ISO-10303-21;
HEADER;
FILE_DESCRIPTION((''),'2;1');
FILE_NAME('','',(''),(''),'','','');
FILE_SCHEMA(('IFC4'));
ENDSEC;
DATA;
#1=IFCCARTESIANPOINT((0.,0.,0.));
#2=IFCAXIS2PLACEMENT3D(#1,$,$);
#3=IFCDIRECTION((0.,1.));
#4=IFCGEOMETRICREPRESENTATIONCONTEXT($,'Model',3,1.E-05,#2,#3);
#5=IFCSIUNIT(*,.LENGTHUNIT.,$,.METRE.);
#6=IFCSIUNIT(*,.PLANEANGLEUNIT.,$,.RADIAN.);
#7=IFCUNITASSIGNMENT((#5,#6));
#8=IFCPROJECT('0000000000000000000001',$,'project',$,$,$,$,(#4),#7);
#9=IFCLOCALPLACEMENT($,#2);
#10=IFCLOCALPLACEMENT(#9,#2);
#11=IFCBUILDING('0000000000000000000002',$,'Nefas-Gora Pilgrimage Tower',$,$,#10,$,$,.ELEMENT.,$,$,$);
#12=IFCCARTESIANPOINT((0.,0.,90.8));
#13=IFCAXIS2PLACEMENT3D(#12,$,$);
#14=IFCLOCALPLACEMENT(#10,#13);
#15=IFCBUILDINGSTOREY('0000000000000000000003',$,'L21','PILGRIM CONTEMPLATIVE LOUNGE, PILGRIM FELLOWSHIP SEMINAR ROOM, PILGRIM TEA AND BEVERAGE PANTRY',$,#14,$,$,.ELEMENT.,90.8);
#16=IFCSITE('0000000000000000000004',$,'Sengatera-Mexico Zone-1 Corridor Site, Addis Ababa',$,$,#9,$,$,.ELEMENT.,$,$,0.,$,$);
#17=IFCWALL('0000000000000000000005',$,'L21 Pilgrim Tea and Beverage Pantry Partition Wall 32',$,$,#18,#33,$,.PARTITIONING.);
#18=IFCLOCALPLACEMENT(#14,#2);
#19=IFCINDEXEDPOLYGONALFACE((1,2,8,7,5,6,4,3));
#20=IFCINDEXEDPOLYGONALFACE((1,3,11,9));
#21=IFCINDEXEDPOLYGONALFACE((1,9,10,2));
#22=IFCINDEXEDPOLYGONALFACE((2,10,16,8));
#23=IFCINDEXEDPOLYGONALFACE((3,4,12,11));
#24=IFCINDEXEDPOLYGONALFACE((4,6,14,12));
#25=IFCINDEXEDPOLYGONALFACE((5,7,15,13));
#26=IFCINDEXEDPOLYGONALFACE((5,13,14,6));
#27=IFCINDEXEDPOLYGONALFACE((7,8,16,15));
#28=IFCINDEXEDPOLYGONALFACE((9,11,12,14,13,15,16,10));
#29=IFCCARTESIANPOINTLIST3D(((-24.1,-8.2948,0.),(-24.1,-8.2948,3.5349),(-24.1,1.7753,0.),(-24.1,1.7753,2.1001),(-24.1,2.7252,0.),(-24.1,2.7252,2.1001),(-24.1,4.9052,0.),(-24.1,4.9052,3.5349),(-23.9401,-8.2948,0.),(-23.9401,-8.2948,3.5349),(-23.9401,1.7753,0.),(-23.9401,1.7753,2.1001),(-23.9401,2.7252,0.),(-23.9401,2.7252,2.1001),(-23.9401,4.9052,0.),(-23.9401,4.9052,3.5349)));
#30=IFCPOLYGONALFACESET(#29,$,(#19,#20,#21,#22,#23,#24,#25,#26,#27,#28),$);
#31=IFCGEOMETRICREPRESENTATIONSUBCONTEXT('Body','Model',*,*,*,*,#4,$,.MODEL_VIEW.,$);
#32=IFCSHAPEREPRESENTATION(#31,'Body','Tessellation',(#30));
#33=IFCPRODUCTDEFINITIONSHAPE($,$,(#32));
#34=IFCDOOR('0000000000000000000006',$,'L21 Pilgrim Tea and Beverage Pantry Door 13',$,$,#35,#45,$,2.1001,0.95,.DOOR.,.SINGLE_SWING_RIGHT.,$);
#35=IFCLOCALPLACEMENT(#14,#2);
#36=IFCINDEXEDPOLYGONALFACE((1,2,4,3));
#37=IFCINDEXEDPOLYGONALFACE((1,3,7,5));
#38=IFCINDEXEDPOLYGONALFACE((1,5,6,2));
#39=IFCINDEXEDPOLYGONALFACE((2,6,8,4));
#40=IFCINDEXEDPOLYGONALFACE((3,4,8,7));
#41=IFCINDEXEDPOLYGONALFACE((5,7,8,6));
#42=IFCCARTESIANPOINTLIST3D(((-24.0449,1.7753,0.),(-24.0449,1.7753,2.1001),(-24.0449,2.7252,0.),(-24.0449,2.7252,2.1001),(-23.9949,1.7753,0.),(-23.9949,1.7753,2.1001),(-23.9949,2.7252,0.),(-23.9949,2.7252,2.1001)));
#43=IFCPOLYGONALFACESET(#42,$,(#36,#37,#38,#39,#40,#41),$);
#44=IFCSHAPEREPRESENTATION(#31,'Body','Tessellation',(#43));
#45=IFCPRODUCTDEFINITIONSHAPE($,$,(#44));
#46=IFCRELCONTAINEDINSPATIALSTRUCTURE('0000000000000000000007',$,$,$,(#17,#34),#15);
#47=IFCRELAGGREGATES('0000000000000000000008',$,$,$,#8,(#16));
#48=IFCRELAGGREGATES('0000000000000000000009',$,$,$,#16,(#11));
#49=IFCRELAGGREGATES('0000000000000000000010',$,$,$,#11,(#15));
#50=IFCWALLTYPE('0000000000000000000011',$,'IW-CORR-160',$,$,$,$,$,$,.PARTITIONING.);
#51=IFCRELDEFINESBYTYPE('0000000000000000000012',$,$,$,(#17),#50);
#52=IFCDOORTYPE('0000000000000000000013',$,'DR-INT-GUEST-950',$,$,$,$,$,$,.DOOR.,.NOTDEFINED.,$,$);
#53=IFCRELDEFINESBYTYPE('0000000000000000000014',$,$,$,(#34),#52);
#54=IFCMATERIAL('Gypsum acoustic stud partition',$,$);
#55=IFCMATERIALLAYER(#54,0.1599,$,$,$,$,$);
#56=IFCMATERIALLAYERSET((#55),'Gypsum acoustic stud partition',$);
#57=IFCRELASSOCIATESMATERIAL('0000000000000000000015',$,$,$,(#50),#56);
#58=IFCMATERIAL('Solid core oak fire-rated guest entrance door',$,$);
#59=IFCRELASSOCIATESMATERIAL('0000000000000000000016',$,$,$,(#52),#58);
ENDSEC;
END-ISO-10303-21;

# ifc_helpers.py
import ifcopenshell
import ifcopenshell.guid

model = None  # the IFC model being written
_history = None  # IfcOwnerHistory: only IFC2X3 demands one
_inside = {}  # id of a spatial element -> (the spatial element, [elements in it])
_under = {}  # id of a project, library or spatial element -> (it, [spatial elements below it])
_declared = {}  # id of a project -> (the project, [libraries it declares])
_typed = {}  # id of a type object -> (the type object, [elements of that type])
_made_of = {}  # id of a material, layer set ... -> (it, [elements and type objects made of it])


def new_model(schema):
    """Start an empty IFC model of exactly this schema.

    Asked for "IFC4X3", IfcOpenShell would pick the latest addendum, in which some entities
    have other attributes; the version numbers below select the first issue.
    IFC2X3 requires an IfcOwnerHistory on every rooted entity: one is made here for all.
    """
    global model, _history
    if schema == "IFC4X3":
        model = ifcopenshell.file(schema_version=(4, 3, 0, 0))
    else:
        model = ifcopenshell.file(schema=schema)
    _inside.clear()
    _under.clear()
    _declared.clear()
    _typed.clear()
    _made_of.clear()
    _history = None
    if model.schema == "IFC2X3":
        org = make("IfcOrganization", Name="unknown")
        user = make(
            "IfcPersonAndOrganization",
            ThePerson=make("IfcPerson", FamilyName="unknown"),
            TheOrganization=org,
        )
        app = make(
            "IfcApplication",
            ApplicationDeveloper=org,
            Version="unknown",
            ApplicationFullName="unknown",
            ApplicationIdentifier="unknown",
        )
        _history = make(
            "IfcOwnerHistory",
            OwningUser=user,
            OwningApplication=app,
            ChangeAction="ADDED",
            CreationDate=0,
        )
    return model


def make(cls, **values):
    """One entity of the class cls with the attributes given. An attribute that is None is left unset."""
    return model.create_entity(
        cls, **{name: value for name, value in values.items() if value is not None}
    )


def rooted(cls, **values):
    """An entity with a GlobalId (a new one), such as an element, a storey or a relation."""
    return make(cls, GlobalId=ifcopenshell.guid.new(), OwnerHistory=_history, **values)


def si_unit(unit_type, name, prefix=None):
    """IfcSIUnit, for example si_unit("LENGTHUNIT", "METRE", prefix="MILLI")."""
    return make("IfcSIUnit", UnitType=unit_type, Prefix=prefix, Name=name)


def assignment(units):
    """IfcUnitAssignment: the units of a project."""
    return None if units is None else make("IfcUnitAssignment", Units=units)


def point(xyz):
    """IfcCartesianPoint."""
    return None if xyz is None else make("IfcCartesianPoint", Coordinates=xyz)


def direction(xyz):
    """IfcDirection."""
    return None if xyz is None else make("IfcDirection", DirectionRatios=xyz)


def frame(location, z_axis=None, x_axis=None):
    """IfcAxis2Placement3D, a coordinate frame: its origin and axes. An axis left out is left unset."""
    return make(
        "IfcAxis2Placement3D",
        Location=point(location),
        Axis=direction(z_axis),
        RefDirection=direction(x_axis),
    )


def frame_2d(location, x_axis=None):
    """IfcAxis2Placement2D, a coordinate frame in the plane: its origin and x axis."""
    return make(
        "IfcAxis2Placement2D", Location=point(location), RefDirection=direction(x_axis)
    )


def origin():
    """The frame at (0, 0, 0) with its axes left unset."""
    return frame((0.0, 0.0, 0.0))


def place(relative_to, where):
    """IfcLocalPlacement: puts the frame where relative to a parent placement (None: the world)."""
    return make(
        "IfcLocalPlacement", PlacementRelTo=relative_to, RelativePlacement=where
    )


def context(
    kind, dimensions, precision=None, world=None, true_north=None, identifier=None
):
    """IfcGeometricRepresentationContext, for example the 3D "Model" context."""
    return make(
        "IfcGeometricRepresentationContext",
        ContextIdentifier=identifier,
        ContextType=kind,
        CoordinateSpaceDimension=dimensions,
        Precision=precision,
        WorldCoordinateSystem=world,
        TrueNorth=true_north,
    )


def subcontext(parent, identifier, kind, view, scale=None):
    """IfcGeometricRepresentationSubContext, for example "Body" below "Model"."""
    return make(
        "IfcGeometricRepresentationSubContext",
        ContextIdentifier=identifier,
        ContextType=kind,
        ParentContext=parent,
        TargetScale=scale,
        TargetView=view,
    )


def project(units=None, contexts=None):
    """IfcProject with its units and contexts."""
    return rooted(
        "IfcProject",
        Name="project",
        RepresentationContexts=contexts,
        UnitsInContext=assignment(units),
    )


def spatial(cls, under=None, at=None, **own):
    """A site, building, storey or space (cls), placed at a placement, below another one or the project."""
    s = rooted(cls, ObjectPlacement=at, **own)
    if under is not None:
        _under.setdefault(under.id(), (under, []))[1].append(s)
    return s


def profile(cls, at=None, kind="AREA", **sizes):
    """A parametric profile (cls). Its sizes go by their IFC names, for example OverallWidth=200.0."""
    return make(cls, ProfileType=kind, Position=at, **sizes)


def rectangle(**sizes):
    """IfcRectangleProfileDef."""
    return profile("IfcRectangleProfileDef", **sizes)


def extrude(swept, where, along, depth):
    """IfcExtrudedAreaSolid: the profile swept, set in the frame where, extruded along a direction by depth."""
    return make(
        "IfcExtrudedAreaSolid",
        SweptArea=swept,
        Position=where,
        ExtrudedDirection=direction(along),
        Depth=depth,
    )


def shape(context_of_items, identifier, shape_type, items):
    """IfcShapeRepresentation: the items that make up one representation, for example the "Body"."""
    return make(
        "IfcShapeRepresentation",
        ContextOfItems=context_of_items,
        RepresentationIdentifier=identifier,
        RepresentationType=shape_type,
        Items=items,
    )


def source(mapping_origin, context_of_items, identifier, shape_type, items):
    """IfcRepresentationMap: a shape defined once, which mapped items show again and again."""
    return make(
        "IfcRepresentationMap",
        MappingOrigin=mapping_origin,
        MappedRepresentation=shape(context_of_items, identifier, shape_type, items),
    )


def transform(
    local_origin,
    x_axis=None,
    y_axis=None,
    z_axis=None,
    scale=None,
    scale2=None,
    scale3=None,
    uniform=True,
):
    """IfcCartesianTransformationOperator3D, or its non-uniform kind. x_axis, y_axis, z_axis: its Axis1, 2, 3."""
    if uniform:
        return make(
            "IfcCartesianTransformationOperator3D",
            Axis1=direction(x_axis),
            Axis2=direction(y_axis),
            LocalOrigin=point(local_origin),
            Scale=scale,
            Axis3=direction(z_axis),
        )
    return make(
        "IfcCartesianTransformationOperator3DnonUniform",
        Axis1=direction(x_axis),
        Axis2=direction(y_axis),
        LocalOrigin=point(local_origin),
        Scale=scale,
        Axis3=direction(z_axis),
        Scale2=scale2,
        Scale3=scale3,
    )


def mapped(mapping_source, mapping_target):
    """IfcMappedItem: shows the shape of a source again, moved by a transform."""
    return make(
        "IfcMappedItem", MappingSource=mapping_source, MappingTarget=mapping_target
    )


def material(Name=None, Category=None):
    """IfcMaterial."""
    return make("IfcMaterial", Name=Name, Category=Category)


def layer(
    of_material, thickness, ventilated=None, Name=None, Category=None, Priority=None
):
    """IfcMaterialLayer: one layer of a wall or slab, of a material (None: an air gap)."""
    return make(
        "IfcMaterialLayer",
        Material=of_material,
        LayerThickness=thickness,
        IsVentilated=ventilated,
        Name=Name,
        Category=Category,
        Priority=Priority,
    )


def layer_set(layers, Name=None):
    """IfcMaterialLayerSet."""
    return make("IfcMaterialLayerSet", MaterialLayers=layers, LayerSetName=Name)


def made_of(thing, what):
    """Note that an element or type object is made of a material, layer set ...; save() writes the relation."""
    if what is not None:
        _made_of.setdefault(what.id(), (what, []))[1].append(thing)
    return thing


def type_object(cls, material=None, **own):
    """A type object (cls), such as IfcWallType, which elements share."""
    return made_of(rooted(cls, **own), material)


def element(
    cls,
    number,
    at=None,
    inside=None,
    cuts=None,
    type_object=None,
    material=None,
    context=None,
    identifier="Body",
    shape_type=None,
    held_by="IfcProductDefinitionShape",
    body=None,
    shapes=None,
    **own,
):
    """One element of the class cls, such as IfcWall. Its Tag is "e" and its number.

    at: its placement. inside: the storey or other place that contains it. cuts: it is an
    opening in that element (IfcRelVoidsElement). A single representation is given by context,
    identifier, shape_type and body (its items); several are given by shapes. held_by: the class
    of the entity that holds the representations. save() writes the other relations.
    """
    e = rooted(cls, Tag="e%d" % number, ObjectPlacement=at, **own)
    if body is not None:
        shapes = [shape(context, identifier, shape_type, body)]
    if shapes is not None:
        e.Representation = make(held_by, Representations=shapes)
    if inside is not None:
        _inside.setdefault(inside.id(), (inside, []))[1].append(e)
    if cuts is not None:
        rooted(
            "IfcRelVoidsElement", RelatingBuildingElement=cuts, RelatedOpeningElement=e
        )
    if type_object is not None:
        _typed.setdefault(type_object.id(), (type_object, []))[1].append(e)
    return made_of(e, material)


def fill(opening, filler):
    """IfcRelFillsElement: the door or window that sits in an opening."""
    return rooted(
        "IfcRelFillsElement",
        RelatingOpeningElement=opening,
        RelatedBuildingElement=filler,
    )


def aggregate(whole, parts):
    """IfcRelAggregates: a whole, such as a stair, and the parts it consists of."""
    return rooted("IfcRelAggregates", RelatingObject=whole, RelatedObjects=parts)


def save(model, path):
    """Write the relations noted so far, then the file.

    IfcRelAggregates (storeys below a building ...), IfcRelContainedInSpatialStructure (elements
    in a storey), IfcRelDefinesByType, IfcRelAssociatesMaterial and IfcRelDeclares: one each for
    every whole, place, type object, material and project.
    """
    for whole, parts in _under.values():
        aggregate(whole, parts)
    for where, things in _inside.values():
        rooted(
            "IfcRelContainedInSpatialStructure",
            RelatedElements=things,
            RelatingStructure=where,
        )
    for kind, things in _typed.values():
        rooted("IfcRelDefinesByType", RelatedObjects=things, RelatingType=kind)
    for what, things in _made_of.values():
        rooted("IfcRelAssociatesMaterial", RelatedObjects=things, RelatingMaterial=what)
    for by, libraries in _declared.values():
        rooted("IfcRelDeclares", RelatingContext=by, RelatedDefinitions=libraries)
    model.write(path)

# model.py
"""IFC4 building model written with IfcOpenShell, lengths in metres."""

from ifc_helpers import new_model, si_unit, direction, frame, frame_2d, origin, place, context, subcontext, project, spatial, rectangle, extrude, source, transform, mapped, material, layer, layer_set, type_object, element, fill, save


model = new_model("IFC4")

# Units and contexts
model_context = context("Model", 3, precision=1e-05, world=origin(), true_north=direction((0.0, 1.0)))
body_context = subcontext(model_context, "Body", "Model", "MODEL_VIEW")
ifc_project = project(units=[si_unit("LENGTHUNIT", "METRE"), si_unit("PLANEANGLEUNIT", "RADIAN")], contexts=[model_context])

# Site, building, storey
site_placement = place(None, origin())
site = spatial("IfcSite", under=ifc_project, at=site_placement, Name="Sengatera-Mexico Zone-1 Corridor Site, Addis Ababa", CompositionType="ELEMENT", RefElevation=0.0)
building_placement = place(site_placement, origin())
building = spatial("IfcBuilding", under=site, at=building_placement, Name="Nefas-Gora Pilgrimage Tower", CompositionType="ELEMENT")
storey_placement = place(building_placement, frame((0.0, 0.0, 90.8)))
storey = spatial("IfcBuildingStorey", under=building, at=storey_placement, Name="L21", Description="PILGRIM CONTEMPLATIVE LOUNGE, PILGRIM FELLOWSHIP SEMINAR ROOM, PILGRIM TEA AND BEVERAGE PANTRY", CompositionType="ELEMENT", Elevation=90.8)

# Wall, opening, door
ifc_material_1 = material(Name="Gypsum acoustic stud partition")
ifc_layer_1 = layer(ifc_material_1, 0.1599)
ifc_layer_set_1 = layer_set([ifc_layer_1], Name="Gypsum acoustic stud partition")
wall_type_1 = type_object("IfcWallType", Name="IW-CORR-160", PredefinedType="PARTITIONING", material=ifc_layer_set_1)
shared_shape_1 = source(origin(), body_context, "Body", "SweptSolid", [
    extrude(rectangle(XDim=13.2, YDim=0.1599, at=frame_2d((6.6001, 0.0))), origin(), (0.0, 0.0, 1.0), 3.5349),
])
wall_1_placement = place(storey_placement, frame((-24.02, -8.2949, 0.0), z_axis=(0.0, 0.0, 1.0), x_axis=(0.0, 1.0, 0.0)))
wall_1 = element("IfcWall", 1, at=wall_1_placement, inside=storey, type_object=wall_type_1, Name="L21 Pilgrim Tea and Beverage Pantry Partition Wall 32", PredefinedType="PARTITIONING", context=body_context, shape_type="MappedRepresentation", body=[
    mapped(shared_shape_1, transform((0.0, 0.0, 0.0), x_axis=(1.0, 0.0, 0.0), y_axis=(0.0, 1.0, 0.0), z_axis=(0.0, 0.0, 1.0), scale=1.0)),
])
opening_1_placement = place(wall_1_placement, frame((10.0701, 0.0, 0.0)))
opening_1 = element("IfcOpeningElement", 2, at=opening_1_placement, cuts=wall_1, PredefinedType="OPENING", context=body_context, shape_type="SweptSolid", body=[
    extrude(rectangle(XDim=0.95, YDim=2.1001, at=frame_2d((0.4751, 1.05))), frame((0.0, 0.0898, 0.0), z_axis=(0.0, -1.0, 0.0), x_axis=(1.0, 0.0, 0.0)), (0.0, 0.0, 1.0), 0.1799),
])
ifc_material_2 = material(Name="Solid core oak fire-rated guest entrance door")
door_type_1 = type_object("IfcDoorType", Name="DR-INT-GUEST-950", OperationType="NOTDEFINED", PredefinedType="DOOR", material=ifc_material_2)
shared_shape_2 = source(origin(), body_context, "Body", "SweptSolid", [
    extrude(rectangle(XDim=0.95, YDim=2.1001, at=frame_2d((0.4751, 1.05))), frame((0.0, 0.0249, 0.0), z_axis=(0.0, -1.0, 0.0), x_axis=(1.0, 0.0, 0.0)), (0.0, 0.0, 1.0), 0.05),
])
door_1_placement = place(opening_1_placement, origin())
door_1 = element("IfcDoor", 3, at=door_1_placement, inside=storey, type_object=door_type_1, Name="L21 Pilgrim Tea and Beverage Pantry Door 13", OperationType="SINGLE_SWING_RIGHT", OverallHeight=2.1001, OverallWidth=0.95, PredefinedType="DOOR", context=body_context, shape_type="MappedRepresentation", body=[
    mapped(shared_shape_2, transform((0.0, 0.0, 0.0), x_axis=(1.0, 0.0, 0.0), y_axis=(0.0, 1.0, 0.0), z_axis=(0.0, 0.0, 1.0), scale=1.0)),
])
fill(opening_1, door_1)

save(model, "model.ifc")
